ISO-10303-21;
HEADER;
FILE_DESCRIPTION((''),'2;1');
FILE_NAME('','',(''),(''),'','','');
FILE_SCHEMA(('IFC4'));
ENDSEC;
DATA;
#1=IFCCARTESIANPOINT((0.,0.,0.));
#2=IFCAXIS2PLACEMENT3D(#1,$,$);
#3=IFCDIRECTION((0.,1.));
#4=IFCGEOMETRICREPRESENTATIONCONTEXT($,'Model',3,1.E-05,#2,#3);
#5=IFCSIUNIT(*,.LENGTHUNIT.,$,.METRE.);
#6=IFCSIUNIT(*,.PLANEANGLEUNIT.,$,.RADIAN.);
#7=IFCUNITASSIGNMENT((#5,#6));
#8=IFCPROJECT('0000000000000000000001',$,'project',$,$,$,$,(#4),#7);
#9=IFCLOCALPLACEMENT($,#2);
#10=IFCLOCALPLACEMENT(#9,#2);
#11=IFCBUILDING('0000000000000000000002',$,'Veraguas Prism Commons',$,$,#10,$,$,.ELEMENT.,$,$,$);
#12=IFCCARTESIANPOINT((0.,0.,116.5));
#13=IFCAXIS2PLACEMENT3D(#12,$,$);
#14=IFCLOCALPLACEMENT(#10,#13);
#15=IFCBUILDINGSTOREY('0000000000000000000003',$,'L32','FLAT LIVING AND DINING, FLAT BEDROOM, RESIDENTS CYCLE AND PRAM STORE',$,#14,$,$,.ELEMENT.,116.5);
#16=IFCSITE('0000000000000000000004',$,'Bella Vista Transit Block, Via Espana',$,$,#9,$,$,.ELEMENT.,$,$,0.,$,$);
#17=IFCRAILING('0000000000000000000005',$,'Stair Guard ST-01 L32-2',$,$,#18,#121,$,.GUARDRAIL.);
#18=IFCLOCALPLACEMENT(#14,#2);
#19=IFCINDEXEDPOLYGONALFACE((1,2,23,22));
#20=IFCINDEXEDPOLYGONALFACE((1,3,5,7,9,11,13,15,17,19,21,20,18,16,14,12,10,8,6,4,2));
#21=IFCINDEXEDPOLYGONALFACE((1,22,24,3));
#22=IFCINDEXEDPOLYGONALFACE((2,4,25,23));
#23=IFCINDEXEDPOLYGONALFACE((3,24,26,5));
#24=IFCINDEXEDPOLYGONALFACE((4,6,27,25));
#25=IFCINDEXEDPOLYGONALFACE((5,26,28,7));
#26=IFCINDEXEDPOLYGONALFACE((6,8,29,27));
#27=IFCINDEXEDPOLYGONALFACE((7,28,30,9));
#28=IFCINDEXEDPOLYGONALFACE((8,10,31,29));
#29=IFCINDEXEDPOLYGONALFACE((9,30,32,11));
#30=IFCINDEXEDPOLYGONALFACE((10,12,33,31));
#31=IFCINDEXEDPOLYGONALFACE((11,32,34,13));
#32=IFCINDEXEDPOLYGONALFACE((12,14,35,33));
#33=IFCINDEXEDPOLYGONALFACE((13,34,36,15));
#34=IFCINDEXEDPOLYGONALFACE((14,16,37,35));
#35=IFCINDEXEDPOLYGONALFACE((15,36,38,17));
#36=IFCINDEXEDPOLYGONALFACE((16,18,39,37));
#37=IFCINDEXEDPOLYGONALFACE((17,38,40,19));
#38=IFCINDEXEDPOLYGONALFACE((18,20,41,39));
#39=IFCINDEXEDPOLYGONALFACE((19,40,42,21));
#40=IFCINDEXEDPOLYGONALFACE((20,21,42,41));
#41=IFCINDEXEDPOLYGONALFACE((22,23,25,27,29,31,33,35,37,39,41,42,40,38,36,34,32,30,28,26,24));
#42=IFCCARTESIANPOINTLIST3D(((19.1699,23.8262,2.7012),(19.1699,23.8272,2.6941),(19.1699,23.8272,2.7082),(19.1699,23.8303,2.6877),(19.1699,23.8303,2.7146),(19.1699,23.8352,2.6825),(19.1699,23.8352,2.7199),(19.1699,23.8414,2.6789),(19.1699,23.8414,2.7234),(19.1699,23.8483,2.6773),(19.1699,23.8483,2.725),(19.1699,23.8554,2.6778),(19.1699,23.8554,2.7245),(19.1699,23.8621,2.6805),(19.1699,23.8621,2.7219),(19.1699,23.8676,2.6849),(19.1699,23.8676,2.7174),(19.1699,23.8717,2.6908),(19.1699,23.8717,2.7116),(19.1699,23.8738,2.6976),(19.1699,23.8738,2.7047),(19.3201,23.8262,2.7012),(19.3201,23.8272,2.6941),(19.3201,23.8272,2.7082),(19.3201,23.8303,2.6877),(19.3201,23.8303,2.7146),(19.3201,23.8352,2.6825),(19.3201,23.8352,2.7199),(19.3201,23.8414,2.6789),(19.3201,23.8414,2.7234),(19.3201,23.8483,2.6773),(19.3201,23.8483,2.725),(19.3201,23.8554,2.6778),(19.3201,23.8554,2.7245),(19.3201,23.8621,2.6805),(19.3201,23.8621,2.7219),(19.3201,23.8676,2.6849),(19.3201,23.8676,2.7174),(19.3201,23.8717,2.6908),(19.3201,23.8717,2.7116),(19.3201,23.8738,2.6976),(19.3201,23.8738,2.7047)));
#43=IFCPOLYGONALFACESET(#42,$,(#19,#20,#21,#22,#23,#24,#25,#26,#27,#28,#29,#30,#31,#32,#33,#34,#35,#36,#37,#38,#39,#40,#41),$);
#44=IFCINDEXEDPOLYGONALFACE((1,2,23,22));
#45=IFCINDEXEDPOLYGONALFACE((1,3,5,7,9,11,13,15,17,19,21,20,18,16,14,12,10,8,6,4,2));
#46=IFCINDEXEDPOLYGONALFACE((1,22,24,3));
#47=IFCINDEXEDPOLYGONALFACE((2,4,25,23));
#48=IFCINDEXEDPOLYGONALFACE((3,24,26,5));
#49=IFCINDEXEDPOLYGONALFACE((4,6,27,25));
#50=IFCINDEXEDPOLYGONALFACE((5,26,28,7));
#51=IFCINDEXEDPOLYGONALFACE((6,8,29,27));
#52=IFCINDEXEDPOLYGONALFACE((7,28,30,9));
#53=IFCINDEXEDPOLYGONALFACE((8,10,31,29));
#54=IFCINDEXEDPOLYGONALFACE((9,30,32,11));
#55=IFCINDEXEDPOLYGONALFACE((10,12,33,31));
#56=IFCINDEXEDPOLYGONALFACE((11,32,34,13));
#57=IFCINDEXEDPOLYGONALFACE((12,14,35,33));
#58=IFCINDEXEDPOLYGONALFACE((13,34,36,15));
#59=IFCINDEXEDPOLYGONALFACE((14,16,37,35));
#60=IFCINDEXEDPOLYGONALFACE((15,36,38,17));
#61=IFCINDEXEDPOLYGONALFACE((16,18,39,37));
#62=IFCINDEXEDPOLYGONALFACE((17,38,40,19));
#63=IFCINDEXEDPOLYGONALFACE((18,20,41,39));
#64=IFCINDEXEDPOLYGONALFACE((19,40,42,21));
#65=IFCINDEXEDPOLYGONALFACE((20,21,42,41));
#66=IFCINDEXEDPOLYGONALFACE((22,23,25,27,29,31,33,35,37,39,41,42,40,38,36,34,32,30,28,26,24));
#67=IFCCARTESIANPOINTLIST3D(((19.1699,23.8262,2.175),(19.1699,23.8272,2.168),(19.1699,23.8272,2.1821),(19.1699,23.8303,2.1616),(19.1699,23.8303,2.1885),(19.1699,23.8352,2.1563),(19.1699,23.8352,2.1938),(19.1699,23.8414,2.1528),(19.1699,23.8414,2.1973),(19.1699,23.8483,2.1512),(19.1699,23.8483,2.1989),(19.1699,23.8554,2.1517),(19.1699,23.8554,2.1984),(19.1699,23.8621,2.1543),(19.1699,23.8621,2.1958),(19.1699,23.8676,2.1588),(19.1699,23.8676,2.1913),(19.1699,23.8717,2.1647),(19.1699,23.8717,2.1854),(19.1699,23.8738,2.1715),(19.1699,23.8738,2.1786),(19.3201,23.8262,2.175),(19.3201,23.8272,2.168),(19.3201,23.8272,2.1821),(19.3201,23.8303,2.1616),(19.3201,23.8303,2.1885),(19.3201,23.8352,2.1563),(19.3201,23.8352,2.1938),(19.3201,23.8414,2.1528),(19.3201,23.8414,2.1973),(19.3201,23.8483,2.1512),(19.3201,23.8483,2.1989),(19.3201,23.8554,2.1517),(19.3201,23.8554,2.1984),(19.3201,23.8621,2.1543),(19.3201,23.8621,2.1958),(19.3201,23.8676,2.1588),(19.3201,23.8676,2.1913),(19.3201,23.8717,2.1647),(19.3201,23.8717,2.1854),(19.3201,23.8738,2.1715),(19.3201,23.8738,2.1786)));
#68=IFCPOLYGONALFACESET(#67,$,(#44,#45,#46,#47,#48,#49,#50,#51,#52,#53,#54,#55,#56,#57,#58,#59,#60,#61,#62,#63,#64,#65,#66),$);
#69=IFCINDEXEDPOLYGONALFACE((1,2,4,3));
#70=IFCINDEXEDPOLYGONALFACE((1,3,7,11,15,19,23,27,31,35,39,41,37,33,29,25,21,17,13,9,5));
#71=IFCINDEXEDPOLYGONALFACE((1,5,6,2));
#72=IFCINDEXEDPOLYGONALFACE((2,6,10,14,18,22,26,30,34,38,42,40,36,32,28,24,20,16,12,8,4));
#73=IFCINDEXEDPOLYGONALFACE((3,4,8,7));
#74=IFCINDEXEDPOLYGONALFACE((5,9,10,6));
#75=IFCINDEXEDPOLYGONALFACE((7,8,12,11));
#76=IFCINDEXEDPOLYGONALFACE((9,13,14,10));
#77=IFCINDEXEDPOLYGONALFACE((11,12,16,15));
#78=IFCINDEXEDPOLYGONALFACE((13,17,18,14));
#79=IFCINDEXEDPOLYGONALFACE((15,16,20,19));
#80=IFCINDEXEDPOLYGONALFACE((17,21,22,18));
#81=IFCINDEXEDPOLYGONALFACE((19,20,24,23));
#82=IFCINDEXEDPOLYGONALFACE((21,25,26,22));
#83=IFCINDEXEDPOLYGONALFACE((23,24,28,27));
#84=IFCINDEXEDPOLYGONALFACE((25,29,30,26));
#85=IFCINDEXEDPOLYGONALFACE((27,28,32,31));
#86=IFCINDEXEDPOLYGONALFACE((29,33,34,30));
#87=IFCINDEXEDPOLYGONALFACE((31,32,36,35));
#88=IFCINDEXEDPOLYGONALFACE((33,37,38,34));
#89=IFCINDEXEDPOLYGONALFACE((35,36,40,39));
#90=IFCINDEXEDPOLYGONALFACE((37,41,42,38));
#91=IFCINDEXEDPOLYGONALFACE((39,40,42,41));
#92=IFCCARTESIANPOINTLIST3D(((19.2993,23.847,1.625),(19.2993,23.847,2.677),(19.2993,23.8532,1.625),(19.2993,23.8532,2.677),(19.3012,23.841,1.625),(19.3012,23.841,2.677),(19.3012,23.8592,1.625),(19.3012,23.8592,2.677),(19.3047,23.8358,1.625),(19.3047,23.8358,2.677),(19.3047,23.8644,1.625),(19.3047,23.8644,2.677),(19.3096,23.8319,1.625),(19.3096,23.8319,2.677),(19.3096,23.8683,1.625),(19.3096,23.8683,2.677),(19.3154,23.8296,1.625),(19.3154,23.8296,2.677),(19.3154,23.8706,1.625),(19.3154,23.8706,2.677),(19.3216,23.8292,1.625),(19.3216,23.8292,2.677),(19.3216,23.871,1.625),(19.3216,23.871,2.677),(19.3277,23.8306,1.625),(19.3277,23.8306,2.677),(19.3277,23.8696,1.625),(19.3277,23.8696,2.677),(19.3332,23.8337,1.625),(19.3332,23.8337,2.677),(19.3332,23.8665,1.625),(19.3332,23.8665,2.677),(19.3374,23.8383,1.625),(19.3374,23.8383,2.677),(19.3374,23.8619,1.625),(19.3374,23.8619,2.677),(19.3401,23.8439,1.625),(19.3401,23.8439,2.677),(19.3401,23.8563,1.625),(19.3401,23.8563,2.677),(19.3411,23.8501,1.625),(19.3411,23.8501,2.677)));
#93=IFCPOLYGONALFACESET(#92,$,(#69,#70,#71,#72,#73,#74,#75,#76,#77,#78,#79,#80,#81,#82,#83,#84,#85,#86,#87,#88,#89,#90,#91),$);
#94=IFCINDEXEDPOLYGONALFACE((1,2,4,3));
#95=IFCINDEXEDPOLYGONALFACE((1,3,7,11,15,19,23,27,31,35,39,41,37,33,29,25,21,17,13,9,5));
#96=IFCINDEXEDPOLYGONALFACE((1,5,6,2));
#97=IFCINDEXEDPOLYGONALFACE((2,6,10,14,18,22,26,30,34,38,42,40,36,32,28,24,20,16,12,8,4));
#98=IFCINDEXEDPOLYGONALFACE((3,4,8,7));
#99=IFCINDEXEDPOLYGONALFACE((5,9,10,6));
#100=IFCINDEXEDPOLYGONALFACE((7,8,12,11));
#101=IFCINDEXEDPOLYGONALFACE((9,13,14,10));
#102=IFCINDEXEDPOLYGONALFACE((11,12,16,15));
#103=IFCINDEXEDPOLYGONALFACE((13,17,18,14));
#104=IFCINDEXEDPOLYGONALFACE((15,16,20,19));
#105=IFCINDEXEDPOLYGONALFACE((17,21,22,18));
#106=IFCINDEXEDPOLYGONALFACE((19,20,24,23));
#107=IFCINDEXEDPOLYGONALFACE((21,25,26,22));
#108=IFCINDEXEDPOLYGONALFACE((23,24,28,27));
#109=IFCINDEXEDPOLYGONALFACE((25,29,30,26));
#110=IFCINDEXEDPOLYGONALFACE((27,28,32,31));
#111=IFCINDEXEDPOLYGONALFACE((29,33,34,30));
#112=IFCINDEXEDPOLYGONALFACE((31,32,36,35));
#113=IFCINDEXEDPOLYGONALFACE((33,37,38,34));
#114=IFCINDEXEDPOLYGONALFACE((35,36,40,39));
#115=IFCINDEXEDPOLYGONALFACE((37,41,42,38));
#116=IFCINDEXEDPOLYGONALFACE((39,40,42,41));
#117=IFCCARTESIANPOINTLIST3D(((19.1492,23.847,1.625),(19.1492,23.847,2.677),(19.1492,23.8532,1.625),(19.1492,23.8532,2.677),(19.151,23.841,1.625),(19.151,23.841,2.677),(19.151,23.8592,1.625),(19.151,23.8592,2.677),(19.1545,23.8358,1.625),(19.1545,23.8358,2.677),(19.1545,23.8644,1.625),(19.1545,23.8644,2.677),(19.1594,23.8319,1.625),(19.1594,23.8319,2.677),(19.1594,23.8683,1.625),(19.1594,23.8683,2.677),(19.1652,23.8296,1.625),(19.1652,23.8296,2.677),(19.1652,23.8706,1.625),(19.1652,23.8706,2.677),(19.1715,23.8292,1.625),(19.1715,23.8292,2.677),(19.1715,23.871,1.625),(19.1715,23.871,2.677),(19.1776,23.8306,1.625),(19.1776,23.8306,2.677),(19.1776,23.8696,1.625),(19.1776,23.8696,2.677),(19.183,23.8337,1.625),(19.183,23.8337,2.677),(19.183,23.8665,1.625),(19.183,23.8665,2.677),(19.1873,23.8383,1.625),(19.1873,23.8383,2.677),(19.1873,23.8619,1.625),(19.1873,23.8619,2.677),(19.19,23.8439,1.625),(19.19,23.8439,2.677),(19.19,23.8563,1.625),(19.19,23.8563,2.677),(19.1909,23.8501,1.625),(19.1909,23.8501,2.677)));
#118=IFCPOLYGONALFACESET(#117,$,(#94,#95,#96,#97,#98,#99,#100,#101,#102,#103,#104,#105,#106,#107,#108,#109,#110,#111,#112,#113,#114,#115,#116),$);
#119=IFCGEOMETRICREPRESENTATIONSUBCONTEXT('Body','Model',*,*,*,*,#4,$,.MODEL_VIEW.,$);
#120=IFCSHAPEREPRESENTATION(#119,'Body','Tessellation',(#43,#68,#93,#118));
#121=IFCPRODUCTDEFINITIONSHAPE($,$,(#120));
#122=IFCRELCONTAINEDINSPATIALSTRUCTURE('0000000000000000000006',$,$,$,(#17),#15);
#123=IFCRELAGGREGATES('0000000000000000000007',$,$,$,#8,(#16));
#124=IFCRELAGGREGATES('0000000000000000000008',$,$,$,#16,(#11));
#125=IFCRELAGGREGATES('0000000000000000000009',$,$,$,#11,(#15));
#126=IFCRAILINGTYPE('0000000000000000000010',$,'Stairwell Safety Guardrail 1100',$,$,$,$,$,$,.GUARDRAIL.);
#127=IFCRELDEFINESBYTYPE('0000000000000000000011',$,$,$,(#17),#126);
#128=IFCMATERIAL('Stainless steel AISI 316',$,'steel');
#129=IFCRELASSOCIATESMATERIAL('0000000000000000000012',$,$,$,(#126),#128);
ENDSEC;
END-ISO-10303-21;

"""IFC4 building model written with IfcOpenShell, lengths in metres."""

from ifc_helpers import new_model, si_unit, direction, frame, origin, origin_2d, place, context, subcontext, project, spatial, circle, extrude, material, type_object, element, save


model = new_model("IFC4")

# Units and contexts
model_context = context("Model", 3, precision=1e-05, world=origin(), true_north=direction((0.0, 1.0)))
body_context = subcontext(model_context, "Body", "Model", "MODEL_VIEW")
ifc_project = project(units=[si_unit("LENGTHUNIT", "METRE"), si_unit("PLANEANGLEUNIT", "RADIAN")], contexts=[model_context])

# Site, building, storey
site_placement = place(None, origin())
site = spatial("IfcSite", under=ifc_project, at=site_placement, Name="Bella Vista Transit Block, Via Espana", CompositionType="ELEMENT", RefElevation=0.0)
building_placement = place(site_placement, origin())
building = spatial("IfcBuilding", under=site, at=building_placement, Name="Veraguas Prism Commons", CompositionType="ELEMENT")
storey_placement = place(building_placement, frame((0.0, 0.0, 116.5)))
storey = spatial("IfcBuildingStorey", under=building, at=storey_placement, Name="L32", Description="FLAT LIVING AND DINING, FLAT BEDROOM, RESIDENTS CYCLE AND PRAM STORE", CompositionType="ELEMENT", Elevation=116.5)

# Railing
ifc_material_1 = material(Name="Stainless steel AISI 316", Category="steel")
railing_type_1 = type_object("IfcRailingType", Name="Stairwell Safety Guardrail 1100", PredefinedType="GUARDRAIL", material=ifc_material_1)
railing_1_placement = place(storey_placement, frame((19.3201, 23.8501, 1.625)))
element("IfcRailing", 1, at=railing_1_placement, inside=storey, type_object=railing_type_1, Name="Stair Guard ST-01 L32-2", PredefinedType="GUARDRAIL", context=body_context, shape_type="SweptSolid", body=[
    extrude(circle(Radius=0.0239, at=origin_2d()), frame((0.0, 0.0, 1.0762), z_axis=(-1.0, 0.0, 0.0), x_axis=(0.0, -1.0, 0.0)), (0.0, 0.0, 1.0), 0.1501),
    extrude(circle(Radius=0.0239, at=origin_2d()), frame((0.0, 0.0, 0.55), z_axis=(-1.0, 0.0, 0.0), x_axis=(0.0, -1.0, 0.0)), (0.0, 0.0, 1.0), 0.1501),
    extrude(circle(Radius=0.021, at=origin_2d()), origin(), (0.0, 0.0, 1.0), 1.052),
    extrude(circle(Radius=0.021, at=origin_2d()), frame((-0.1501, 0.0, 0.0)), (0.0, 0.0, 1.0), 1.052),
])

save(model, "model.ifc")
